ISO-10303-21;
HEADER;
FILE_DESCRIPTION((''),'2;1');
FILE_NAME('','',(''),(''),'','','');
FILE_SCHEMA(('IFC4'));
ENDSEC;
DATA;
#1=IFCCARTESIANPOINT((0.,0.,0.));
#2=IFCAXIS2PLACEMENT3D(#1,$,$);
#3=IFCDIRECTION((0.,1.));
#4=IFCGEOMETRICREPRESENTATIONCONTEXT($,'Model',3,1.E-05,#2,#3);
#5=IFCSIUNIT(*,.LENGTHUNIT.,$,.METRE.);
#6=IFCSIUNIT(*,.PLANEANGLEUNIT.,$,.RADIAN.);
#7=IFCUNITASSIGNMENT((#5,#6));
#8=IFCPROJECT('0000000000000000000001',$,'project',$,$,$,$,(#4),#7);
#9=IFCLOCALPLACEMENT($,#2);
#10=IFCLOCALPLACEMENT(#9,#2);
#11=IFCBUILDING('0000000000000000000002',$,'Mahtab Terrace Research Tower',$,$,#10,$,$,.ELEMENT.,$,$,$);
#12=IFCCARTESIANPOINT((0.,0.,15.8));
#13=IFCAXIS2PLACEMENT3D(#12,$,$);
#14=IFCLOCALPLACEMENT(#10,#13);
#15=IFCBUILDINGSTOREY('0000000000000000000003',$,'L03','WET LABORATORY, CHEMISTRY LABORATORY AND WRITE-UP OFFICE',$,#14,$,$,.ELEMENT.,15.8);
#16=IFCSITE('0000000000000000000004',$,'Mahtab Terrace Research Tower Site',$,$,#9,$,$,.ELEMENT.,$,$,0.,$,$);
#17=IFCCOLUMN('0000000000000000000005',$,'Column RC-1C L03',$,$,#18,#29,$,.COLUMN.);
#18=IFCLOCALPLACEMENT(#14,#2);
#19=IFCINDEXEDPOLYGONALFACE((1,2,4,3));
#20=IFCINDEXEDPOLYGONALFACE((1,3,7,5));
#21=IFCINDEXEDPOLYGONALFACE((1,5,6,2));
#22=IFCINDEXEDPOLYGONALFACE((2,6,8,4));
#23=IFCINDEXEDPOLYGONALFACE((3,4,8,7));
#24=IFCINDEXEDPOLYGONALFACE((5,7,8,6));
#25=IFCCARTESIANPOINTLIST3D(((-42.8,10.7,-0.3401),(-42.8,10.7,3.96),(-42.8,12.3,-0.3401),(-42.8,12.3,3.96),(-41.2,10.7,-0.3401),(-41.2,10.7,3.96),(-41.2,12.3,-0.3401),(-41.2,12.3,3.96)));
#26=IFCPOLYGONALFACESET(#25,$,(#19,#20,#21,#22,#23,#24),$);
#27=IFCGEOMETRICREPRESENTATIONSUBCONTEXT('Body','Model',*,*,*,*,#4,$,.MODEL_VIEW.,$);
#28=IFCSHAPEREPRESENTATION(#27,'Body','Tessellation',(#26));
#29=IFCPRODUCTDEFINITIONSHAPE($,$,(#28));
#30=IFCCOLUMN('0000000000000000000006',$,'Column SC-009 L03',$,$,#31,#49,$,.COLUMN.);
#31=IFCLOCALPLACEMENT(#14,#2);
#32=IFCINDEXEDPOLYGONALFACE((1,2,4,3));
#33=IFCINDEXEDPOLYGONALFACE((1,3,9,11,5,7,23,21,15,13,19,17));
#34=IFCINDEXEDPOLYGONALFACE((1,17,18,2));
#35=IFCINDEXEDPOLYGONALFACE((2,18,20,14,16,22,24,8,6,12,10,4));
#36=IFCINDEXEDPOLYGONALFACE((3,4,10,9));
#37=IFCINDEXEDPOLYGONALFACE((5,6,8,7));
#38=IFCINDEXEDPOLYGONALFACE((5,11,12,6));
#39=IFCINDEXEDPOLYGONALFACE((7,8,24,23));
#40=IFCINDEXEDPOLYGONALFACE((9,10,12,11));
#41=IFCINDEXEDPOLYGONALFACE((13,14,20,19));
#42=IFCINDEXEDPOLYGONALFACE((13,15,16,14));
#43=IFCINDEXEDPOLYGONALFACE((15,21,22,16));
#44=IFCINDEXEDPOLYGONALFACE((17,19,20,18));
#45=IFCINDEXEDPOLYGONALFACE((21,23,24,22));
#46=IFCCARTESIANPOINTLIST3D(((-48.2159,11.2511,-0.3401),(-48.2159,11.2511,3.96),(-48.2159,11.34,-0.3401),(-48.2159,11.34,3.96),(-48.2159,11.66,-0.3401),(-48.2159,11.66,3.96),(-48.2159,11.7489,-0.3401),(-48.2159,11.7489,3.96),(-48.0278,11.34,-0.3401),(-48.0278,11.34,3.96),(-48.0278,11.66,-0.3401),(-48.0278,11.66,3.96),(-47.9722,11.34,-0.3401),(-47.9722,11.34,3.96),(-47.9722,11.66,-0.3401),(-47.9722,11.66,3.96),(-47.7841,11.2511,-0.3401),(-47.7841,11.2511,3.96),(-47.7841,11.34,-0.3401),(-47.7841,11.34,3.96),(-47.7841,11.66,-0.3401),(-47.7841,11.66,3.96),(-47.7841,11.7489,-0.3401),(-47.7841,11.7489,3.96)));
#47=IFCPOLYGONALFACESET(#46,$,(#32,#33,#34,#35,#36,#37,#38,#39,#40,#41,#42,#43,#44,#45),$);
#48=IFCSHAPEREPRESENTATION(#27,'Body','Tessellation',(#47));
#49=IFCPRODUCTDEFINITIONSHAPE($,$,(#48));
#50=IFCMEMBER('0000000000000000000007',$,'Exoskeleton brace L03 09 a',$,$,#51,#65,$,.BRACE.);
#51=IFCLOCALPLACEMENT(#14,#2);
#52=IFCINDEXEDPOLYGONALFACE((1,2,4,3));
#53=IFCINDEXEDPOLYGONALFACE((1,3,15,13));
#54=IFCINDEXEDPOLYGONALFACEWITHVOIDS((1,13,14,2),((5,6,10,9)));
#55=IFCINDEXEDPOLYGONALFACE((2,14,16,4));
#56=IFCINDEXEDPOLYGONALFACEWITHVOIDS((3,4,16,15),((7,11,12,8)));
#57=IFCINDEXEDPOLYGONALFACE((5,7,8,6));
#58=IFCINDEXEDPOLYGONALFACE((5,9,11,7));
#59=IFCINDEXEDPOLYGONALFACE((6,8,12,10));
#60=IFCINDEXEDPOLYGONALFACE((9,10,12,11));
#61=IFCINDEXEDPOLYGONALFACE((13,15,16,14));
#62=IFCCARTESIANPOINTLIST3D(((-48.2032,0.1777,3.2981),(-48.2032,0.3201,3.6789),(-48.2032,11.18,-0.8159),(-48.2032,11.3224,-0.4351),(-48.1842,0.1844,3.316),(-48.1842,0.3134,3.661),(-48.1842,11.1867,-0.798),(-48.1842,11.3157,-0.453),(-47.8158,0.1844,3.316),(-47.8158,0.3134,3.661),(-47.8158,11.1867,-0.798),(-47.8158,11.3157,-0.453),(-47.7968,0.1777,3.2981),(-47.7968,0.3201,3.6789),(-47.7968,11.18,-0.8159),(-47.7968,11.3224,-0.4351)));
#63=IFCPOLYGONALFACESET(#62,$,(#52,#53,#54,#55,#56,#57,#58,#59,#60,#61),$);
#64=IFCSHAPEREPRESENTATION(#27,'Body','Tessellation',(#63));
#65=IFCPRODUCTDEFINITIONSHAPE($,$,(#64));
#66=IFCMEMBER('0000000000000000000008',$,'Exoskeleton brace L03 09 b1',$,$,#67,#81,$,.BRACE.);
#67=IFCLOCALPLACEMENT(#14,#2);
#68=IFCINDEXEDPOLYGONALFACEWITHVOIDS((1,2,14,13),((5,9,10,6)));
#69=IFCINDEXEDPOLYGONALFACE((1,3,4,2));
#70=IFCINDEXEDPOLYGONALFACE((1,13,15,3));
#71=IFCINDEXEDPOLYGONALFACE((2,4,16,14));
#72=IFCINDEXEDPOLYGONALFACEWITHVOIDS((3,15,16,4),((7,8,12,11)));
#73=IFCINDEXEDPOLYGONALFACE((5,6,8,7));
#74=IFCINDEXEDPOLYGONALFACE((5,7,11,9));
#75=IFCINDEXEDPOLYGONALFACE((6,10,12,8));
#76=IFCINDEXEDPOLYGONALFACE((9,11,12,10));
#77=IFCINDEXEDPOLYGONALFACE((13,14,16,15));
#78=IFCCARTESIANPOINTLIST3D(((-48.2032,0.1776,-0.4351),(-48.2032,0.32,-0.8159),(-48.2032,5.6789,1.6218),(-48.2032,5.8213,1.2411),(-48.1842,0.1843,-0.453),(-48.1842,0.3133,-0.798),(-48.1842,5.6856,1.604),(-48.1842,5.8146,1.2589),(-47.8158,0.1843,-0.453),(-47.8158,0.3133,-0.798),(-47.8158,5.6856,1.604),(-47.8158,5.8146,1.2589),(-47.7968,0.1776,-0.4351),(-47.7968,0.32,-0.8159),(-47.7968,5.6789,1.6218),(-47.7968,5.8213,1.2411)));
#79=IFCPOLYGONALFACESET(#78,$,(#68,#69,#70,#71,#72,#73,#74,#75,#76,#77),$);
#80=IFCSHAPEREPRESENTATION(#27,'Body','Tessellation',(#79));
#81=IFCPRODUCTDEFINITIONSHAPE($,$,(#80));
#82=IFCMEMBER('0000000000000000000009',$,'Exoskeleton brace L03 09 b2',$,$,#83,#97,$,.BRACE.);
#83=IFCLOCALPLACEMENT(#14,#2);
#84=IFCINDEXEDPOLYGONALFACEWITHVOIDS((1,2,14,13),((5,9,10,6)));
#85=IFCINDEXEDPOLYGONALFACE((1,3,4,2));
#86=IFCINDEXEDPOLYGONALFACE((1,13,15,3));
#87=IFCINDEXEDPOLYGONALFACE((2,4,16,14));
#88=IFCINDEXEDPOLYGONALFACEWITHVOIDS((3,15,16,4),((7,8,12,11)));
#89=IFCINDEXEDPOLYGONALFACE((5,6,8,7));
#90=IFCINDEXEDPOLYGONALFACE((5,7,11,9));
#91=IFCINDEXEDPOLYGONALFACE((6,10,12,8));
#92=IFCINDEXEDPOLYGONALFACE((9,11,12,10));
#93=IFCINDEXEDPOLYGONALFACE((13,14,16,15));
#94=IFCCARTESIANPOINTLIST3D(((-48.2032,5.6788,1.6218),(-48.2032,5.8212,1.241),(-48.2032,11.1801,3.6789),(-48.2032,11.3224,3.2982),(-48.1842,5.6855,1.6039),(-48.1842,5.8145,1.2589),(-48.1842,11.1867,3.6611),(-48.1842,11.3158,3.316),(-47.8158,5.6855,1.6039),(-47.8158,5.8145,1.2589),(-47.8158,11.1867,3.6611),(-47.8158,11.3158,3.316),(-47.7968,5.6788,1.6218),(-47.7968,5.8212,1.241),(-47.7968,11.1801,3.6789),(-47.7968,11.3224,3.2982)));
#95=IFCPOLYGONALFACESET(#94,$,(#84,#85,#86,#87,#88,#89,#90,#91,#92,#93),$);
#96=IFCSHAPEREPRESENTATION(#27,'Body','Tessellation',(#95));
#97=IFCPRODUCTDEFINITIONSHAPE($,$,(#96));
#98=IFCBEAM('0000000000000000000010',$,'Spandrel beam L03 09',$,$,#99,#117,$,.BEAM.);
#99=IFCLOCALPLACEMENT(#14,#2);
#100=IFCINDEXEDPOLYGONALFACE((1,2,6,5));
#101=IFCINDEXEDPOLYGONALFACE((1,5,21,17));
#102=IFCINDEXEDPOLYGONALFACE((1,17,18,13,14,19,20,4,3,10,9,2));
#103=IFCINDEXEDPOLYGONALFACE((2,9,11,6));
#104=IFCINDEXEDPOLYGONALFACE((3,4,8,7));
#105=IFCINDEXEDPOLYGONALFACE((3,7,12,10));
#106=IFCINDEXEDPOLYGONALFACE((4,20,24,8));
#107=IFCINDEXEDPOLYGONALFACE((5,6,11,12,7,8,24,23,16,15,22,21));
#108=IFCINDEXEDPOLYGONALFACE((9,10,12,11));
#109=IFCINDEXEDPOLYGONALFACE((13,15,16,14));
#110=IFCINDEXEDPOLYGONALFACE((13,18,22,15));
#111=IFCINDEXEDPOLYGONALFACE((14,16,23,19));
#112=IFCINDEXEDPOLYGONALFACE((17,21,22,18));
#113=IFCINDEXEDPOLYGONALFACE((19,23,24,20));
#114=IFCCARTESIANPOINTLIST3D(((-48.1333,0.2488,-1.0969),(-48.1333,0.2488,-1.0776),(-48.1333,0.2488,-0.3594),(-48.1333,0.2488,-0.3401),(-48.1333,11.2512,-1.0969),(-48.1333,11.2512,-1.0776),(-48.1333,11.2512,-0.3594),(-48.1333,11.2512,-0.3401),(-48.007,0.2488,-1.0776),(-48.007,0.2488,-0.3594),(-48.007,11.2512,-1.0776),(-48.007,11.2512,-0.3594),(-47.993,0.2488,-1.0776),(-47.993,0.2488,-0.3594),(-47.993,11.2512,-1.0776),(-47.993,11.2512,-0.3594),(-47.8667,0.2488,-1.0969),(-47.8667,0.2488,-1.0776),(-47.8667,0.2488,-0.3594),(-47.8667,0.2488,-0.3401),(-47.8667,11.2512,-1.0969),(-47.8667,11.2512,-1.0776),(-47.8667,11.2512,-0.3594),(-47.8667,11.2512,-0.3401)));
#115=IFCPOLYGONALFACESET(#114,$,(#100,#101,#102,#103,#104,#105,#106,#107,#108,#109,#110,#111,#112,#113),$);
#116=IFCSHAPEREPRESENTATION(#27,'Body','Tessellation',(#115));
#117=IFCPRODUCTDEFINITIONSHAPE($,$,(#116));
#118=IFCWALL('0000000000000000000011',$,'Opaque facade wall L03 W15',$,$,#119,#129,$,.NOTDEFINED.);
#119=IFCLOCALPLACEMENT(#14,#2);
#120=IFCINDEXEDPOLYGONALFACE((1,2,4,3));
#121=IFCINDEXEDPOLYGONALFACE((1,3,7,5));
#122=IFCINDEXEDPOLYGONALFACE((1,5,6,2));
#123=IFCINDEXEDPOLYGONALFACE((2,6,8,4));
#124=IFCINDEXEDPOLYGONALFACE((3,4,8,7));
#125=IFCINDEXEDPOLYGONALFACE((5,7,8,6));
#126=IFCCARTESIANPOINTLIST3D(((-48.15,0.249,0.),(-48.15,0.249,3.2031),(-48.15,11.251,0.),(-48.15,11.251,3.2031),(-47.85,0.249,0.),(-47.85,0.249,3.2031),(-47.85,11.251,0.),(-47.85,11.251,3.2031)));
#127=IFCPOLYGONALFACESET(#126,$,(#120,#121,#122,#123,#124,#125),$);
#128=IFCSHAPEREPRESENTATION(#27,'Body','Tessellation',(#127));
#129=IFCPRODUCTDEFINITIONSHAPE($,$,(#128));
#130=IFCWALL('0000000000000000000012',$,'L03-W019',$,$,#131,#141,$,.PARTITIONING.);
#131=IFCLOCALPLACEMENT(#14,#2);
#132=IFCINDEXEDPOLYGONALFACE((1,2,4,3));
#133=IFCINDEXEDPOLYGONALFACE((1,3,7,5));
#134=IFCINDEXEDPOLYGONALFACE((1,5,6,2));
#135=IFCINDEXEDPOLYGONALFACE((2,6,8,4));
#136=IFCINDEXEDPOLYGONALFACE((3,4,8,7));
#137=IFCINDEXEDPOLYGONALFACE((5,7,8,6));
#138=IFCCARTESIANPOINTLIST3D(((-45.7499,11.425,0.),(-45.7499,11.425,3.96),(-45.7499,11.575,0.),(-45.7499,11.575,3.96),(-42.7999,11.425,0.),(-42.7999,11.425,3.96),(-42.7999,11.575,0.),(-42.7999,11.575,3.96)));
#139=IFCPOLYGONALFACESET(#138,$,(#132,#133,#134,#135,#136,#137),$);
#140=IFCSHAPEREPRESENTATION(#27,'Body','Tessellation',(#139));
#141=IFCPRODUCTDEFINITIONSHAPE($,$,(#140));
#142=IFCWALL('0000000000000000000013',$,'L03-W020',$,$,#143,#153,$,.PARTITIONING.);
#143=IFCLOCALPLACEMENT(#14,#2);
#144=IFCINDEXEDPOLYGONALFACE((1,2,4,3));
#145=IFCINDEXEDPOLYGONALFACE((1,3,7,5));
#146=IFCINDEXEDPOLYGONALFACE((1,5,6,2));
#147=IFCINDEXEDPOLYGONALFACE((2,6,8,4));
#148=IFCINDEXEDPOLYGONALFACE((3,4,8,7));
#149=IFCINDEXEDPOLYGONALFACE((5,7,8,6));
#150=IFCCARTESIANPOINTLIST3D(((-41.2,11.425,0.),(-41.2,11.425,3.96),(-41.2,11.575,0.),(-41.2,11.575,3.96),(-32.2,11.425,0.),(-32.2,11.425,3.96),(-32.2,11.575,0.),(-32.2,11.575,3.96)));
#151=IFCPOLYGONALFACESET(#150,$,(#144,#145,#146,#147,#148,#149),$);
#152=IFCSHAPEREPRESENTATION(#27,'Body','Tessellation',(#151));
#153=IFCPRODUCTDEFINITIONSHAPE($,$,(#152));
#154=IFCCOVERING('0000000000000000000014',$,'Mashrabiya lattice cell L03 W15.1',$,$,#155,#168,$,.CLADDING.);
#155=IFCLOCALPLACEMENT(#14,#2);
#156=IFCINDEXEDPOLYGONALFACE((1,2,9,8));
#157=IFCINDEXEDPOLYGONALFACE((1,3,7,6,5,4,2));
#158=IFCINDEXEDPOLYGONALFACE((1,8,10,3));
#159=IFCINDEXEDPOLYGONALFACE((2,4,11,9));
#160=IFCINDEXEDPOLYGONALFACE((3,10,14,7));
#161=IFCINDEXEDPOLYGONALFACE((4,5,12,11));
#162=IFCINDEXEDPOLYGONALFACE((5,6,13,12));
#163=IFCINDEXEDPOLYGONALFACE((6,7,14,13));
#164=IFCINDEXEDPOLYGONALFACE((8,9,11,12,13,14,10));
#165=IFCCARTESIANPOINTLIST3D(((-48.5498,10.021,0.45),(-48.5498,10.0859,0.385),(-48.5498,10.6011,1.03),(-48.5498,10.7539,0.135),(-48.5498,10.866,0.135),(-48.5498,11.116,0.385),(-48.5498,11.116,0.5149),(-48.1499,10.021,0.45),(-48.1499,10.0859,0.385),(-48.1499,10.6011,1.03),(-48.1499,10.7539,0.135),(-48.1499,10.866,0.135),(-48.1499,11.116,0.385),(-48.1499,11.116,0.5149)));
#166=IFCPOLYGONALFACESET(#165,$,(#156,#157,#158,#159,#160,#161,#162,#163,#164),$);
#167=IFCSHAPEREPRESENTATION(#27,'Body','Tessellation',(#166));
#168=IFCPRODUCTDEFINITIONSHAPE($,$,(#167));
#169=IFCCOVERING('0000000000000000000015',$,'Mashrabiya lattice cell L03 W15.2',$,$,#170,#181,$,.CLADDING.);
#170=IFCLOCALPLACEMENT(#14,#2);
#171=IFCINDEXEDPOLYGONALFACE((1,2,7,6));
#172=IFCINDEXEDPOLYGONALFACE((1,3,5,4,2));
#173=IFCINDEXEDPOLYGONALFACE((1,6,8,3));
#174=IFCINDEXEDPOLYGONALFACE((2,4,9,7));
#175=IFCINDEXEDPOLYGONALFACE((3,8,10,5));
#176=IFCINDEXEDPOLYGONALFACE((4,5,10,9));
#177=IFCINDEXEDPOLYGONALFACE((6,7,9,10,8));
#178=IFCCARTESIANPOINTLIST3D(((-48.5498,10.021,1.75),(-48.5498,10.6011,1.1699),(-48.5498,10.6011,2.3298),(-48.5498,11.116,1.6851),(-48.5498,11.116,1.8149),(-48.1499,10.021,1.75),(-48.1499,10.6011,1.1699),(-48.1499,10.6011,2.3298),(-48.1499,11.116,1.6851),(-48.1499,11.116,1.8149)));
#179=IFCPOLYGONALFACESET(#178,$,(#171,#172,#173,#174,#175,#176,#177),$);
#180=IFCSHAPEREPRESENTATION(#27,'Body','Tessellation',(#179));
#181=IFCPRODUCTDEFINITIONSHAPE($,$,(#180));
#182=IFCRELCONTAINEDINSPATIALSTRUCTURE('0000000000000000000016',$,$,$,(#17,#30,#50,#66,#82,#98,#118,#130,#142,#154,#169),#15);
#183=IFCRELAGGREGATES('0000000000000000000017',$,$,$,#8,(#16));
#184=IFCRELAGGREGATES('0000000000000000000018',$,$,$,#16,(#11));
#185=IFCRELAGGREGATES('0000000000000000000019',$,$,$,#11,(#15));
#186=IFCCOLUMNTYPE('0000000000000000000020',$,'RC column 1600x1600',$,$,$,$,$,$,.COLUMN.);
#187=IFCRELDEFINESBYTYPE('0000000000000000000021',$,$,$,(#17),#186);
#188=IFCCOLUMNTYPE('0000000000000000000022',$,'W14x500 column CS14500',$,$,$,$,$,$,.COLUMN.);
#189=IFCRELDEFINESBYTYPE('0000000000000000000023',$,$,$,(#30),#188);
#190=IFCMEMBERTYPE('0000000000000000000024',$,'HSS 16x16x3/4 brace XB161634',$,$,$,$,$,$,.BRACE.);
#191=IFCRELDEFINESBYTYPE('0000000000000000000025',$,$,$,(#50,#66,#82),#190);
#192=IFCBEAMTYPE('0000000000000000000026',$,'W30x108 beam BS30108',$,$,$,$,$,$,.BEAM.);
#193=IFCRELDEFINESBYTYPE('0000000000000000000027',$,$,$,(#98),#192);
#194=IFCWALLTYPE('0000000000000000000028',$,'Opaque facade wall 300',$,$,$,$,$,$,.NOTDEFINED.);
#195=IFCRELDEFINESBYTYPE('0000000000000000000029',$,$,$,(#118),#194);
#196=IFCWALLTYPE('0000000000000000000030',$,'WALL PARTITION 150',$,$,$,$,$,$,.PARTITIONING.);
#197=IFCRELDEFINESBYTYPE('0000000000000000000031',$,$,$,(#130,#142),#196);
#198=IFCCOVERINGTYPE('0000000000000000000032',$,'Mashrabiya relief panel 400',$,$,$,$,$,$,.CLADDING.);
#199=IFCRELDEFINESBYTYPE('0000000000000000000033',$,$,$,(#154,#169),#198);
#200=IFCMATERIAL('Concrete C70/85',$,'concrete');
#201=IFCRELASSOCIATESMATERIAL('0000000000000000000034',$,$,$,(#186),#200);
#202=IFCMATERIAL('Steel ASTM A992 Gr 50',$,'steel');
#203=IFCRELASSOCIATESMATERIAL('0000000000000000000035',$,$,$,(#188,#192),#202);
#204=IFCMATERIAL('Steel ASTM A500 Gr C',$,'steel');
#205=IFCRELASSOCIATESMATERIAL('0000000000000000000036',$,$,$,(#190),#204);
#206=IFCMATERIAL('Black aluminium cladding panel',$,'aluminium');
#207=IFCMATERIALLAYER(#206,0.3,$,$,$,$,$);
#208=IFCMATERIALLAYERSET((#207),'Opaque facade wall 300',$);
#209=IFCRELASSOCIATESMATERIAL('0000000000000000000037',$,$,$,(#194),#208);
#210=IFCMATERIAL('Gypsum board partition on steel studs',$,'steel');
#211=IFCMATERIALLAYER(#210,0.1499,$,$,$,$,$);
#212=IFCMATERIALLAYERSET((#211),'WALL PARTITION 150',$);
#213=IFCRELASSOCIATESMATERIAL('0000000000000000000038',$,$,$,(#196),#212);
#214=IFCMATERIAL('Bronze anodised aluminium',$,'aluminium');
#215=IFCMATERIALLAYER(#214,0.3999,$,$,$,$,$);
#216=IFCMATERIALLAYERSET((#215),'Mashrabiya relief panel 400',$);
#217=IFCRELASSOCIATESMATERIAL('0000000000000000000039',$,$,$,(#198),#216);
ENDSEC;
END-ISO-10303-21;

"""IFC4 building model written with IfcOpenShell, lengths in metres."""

from ifc_helpers import new_model, si_unit, direction, frame, frame_2d, origin, origin_2d, place, context, subcontext, project, spatial, polyline, rectangle, hollow_rectangle, i_section, outline, extrude, material, layer, layer_set, material_profile, profile_set, type_object, element, save


model = new_model("IFC4")

# Units and contexts
model_context = context("Model", 3, precision=1e-05, world=origin(), true_north=direction((0.0, 1.0)))
body_context = subcontext(model_context, "Body", "Model", "MODEL_VIEW")
ifc_project = project(units=[si_unit("LENGTHUNIT", "METRE"), si_unit("PLANEANGLEUNIT", "RADIAN")], contexts=[model_context])

# Site, building, storey
site_placement = place(None, origin())
site = spatial("IfcSite", under=ifc_project, at=site_placement, Name="Mahtab Terrace Research Tower Site", CompositionType="ELEMENT", RefElevation=0.0)
building_placement = place(site_placement, origin())
building = spatial("IfcBuilding", under=site, at=building_placement, Name="Mahtab Terrace Research Tower", CompositionType="ELEMENT")
storey_placement = place(building_placement, frame((0.0, 0.0, 15.8)))
storey = spatial("IfcBuildingStorey", under=building, at=storey_placement, Name="L03", Description="WET LABORATORY, CHEMISTRY LABORATORY AND WRITE-UP OFFICE", CompositionType="ELEMENT", Elevation=15.8)

# Columns
ifc_material_1 = material(Name="Concrete C70/85", Category="concrete")
ifc_material_profile_1 = material_profile(ifc_material_1, rectangle(XDim=1.6001, YDim=1.6001, at=origin_2d()), Name="RC column 1600x1600")
ifc_profile_set_1 = profile_set([ifc_material_profile_1], Name="Concrete C70/85")
column_type_1 = type_object("IfcColumnType", Name="RC column 1600x1600", PredefinedType="COLUMN", material=ifc_profile_set_1)
column_1_placement = place(storey_placement, frame((-42.0, 11.5, -0.3401), z_axis=(0.0, 0.0, 1.0), x_axis=(1.0, 0.0, 0.0)))
element("IfcColumn", 1, at=column_1_placement, inside=storey, type_object=column_type_1, Name="Column RC-1C L03", PredefinedType="COLUMN", context=body_context, shape_type="SweptSolid", body=[
    extrude(rectangle(XDim=1.6001, YDim=1.6001, at=origin_2d()), origin(), (0.0, 0.0, 1.0), 4.3),
])
ifc_material_2 = material(Name="Steel ASTM A992 Gr 50", Category="steel")
ifc_material_profile_2 = material_profile(ifc_material_2, i_section(OverallWidth=0.4319, OverallDepth=0.4978, WebThickness=0.0557, FlangeThickness=0.0889, at=origin_2d()), Name="W14X500")
ifc_profile_set_2 = profile_set([ifc_material_profile_2], Name="Steel ASTM A992 Gr 50")
column_type_2 = type_object("IfcColumnType", Name="W14x500 column CS14500", PredefinedType="COLUMN", material=ifc_profile_set_2)
column_2_placement = place(storey_placement, frame((-48.0, 11.5, -0.3401), z_axis=(0.0, 0.0, 1.0), x_axis=(1.0, 0.0, 0.0)))
element("IfcColumn", 2, at=column_2_placement, inside=storey, type_object=column_type_2, Name="Column SC-009 L03", PredefinedType="COLUMN", context=body_context, shape_type="SweptSolid", body=[
    extrude(i_section(OverallWidth=0.4319, OverallDepth=0.4978, WebThickness=0.0557, FlangeThickness=0.0889, at=origin_2d()), origin(), (0.0, 0.0, 1.0), 4.3),
])

# Members
ifc_material_3 = material(Name="Steel ASTM A500 Gr C", Category="steel")
ifc_material_profile_3 = material_profile(ifc_material_3, hollow_rectangle(XDim=0.4065, YDim=0.4065, WallThickness=0.019, at=origin_2d()), Name="HSS16X16X3/4")
ifc_profile_set_3 = profile_set([ifc_material_profile_3], Name="Steel ASTM A500 Gr C")
member_type = type_object("IfcMemberType", Name="HSS 16x16x3/4 brace XB161634", PredefinedType="BRACE", material=ifc_profile_set_3)
member_placement = place(storey_placement, frame((-48.0, 11.2512, -0.6255), z_axis=(0.0, -0.936662, 0.350235), x_axis=(1.0, 0.0, 0.0)))
element("IfcMember", 3, at=member_placement, inside=storey, type_object=member_type, Name="Exoskeleton brace L03 09 a", PredefinedType="BRACE", context=body_context, shape_type="SweptSolid", body=[
    extrude(hollow_rectangle(XDim=0.4065, YDim=0.4065, WallThickness=0.019, at=origin_2d()), origin(), (0.0, 0.0, 1.0), 11.7463),
])
for number, where, z_axis, x_axis, name in (
    (4, (-48.0, 0.2488, -0.6255), (0.0, 0.936669, 0.350217), (-1.0, 0.0, 0.0), "Exoskeleton brace L03 09 b1"),
    (5, (-48.0, 5.75, 1.4314), (0.0, 0.936655, 0.350253), (-1.0, 0.0, 0.0), "Exoskeleton brace L03 09 b2"),
):
    element("IfcMember", number, at=place(storey_placement, frame(where, z_axis=z_axis, x_axis=x_axis)), inside=storey, type_object=member_type, Name=name, PredefinedType="BRACE", context=body_context, shape_type="SweptSolid", body=[
        extrude(hollow_rectangle(XDim=0.4065, YDim=0.4065, WallThickness=0.019, at=origin_2d()), origin(), (0.0, 0.0, 1.0), 5.8733),
    ])

# Beam
ifc_material_profile_4 = material_profile(ifc_material_2, i_section(OverallWidth=0.2666, OverallDepth=0.7568, WebThickness=0.0139, FlangeThickness=0.0193, at=origin_2d()), Name="W30X108")
ifc_profile_set_4 = profile_set([ifc_material_profile_4], Name="Steel ASTM A992 Gr 50")
beam_type = type_object("IfcBeamType", Name="W30x108 beam BS30108", PredefinedType="BEAM", material=ifc_profile_set_4)
beam_placement = place(storey_placement, frame((-48.0, 11.2512, -0.7185), z_axis=(0.0, -1.0, 0.0), x_axis=(1.0, 0.0, 0.0)))
element("IfcBeam", 6, at=beam_placement, inside=storey, type_object=beam_type, Name="Spandrel beam L03 09", PredefinedType="BEAM", context=body_context, shape_type="SweptSolid", body=[
    extrude(i_section(OverallWidth=0.2666, OverallDepth=0.7568, WebThickness=0.0139, FlangeThickness=0.0193, at=origin_2d()), origin(), (0.0, 0.0, 1.0), 11.0024),
])

# Walls
ifc_material_4 = material(Name="Black aluminium cladding panel", Category="aluminium")
ifc_layer_1 = layer(ifc_material_4, 0.3)
ifc_layer_set_1 = layer_set([ifc_layer_1], Name="Opaque facade wall 300")
wall_type_1 = type_object("IfcWallType", Name="Opaque facade wall 300", PredefinedType="NOTDEFINED", material=ifc_layer_set_1)
wall_1_placement = place(storey_placement, frame((-48.0, 11.251, 0.0), z_axis=(0.0, 0.0, 1.0), x_axis=(0.0, -1.0, 0.0)))
element("IfcWall", 7, at=wall_1_placement, inside=storey, type_object=wall_type_1, Name="Opaque facade wall L03 W15", PredefinedType="NOTDEFINED", context=body_context, shape_type="SweptSolid", body=[
    extrude(rectangle(XDim=11.002, YDim=0.3, at=frame_2d((5.501, 0.0))), origin(), (0.0, 0.0, 1.0), 3.2031),
])
ifc_material_5 = material(Name="Gypsum board partition on steel studs", Category="steel")
ifc_layer_2 = layer(ifc_material_5, 0.1499)
ifc_layer_set_2 = layer_set([ifc_layer_2], Name="WALL PARTITION 150")
wall_type_2 = type_object("IfcWallType", Name="WALL PARTITION 150", PredefinedType="PARTITIONING", material=ifc_layer_set_2)
wall_2_placement = place(storey_placement, frame((-45.75, 11.5, 0.0), z_axis=(0.0, 0.0, 1.0), x_axis=(1.0, 0.0, 0.0)))
element("IfcWall", 8, at=wall_2_placement, inside=storey, type_object=wall_type_2, Name="L03-W019", PredefinedType="PARTITIONING", context=body_context, shape_type="SweptSolid", body=[
    extrude(rectangle(XDim=2.95, YDim=0.1499, at=frame_2d((1.4751, 0.0))), origin(), (0.0, 0.0, 1.0), 3.96),
])
wall_3_placement = place(storey_placement, frame((-41.2, 11.5, 0.0), z_axis=(0.0, 0.0, 1.0), x_axis=(1.0, 0.0, 0.0)))
element("IfcWall", 9, at=wall_3_placement, inside=storey, type_object=wall_type_2, Name="L03-W020", PredefinedType="PARTITIONING", context=body_context, shape_type="SweptSolid", body=[
    extrude(rectangle(XDim=9.0, YDim=0.1499, at=frame_2d((4.5, 0.0))), origin(), (0.0, 0.0, 1.0), 3.96),
])

# Coverings
ifc_material_6 = material(Name="Bronze anodised aluminium", Category="aluminium")
ifc_layer_3 = layer(ifc_material_6, 0.3999)
ifc_layer_set_3 = layer_set([ifc_layer_3], Name="Mashrabiya relief panel 400")
covering_type = type_object("IfcCoveringType", Name="Mashrabiya relief panel 400", PredefinedType="CLADDING", material=ifc_layer_set_3)
covering_1_placement = place(storey_placement, frame((-48.1499, 11.116, 0.385), z_axis=(1.0, 0.0, 0.0), x_axis=(0.0, 0.0, 1.0)))
element("IfcCovering", 10, at=covering_1_placement, inside=storey, type_object=covering_type, Name="Mashrabiya lattice cell L03 W15.1", PredefinedType="CLADDING", context=body_context, shape_type="SweptSolid", body=[
    extrude(outline(polyline([(0.0, 0.0), (0.1299, 0.0), (0.645, 0.5149), (0.0649, 1.095), (0.0, 1.03), (-0.25, 0.3621), (-0.25, 0.25), (0.0, 0.0)])), origin(), (0.0, 0.0, -1.0), 0.3999),
])
covering_2_placement = place(storey_placement, frame((-48.1499, 10.6011, 2.3298), z_axis=(1.0, 0.0, 0.0), x_axis=(0.0, -0.707256, -0.706958)))
element("IfcCovering", 11, at=covering_2_placement, inside=storey, type_object=covering_type, Name="Mashrabiya lattice cell L03 W15.2", PredefinedType="CLADDING", context=body_context, shape_type="SweptSolid", body=[
    extrude(outline(polyline([(0.0, 0.0), (0.8202, 0.0), (0.82, 0.8204), (0.0917, 0.82), (-0.0002, 0.7282), (0.0, 0.0)])), origin(), (0.0, 0.0, -1.0), 0.3999),
])

save(model, "model.ifc")
